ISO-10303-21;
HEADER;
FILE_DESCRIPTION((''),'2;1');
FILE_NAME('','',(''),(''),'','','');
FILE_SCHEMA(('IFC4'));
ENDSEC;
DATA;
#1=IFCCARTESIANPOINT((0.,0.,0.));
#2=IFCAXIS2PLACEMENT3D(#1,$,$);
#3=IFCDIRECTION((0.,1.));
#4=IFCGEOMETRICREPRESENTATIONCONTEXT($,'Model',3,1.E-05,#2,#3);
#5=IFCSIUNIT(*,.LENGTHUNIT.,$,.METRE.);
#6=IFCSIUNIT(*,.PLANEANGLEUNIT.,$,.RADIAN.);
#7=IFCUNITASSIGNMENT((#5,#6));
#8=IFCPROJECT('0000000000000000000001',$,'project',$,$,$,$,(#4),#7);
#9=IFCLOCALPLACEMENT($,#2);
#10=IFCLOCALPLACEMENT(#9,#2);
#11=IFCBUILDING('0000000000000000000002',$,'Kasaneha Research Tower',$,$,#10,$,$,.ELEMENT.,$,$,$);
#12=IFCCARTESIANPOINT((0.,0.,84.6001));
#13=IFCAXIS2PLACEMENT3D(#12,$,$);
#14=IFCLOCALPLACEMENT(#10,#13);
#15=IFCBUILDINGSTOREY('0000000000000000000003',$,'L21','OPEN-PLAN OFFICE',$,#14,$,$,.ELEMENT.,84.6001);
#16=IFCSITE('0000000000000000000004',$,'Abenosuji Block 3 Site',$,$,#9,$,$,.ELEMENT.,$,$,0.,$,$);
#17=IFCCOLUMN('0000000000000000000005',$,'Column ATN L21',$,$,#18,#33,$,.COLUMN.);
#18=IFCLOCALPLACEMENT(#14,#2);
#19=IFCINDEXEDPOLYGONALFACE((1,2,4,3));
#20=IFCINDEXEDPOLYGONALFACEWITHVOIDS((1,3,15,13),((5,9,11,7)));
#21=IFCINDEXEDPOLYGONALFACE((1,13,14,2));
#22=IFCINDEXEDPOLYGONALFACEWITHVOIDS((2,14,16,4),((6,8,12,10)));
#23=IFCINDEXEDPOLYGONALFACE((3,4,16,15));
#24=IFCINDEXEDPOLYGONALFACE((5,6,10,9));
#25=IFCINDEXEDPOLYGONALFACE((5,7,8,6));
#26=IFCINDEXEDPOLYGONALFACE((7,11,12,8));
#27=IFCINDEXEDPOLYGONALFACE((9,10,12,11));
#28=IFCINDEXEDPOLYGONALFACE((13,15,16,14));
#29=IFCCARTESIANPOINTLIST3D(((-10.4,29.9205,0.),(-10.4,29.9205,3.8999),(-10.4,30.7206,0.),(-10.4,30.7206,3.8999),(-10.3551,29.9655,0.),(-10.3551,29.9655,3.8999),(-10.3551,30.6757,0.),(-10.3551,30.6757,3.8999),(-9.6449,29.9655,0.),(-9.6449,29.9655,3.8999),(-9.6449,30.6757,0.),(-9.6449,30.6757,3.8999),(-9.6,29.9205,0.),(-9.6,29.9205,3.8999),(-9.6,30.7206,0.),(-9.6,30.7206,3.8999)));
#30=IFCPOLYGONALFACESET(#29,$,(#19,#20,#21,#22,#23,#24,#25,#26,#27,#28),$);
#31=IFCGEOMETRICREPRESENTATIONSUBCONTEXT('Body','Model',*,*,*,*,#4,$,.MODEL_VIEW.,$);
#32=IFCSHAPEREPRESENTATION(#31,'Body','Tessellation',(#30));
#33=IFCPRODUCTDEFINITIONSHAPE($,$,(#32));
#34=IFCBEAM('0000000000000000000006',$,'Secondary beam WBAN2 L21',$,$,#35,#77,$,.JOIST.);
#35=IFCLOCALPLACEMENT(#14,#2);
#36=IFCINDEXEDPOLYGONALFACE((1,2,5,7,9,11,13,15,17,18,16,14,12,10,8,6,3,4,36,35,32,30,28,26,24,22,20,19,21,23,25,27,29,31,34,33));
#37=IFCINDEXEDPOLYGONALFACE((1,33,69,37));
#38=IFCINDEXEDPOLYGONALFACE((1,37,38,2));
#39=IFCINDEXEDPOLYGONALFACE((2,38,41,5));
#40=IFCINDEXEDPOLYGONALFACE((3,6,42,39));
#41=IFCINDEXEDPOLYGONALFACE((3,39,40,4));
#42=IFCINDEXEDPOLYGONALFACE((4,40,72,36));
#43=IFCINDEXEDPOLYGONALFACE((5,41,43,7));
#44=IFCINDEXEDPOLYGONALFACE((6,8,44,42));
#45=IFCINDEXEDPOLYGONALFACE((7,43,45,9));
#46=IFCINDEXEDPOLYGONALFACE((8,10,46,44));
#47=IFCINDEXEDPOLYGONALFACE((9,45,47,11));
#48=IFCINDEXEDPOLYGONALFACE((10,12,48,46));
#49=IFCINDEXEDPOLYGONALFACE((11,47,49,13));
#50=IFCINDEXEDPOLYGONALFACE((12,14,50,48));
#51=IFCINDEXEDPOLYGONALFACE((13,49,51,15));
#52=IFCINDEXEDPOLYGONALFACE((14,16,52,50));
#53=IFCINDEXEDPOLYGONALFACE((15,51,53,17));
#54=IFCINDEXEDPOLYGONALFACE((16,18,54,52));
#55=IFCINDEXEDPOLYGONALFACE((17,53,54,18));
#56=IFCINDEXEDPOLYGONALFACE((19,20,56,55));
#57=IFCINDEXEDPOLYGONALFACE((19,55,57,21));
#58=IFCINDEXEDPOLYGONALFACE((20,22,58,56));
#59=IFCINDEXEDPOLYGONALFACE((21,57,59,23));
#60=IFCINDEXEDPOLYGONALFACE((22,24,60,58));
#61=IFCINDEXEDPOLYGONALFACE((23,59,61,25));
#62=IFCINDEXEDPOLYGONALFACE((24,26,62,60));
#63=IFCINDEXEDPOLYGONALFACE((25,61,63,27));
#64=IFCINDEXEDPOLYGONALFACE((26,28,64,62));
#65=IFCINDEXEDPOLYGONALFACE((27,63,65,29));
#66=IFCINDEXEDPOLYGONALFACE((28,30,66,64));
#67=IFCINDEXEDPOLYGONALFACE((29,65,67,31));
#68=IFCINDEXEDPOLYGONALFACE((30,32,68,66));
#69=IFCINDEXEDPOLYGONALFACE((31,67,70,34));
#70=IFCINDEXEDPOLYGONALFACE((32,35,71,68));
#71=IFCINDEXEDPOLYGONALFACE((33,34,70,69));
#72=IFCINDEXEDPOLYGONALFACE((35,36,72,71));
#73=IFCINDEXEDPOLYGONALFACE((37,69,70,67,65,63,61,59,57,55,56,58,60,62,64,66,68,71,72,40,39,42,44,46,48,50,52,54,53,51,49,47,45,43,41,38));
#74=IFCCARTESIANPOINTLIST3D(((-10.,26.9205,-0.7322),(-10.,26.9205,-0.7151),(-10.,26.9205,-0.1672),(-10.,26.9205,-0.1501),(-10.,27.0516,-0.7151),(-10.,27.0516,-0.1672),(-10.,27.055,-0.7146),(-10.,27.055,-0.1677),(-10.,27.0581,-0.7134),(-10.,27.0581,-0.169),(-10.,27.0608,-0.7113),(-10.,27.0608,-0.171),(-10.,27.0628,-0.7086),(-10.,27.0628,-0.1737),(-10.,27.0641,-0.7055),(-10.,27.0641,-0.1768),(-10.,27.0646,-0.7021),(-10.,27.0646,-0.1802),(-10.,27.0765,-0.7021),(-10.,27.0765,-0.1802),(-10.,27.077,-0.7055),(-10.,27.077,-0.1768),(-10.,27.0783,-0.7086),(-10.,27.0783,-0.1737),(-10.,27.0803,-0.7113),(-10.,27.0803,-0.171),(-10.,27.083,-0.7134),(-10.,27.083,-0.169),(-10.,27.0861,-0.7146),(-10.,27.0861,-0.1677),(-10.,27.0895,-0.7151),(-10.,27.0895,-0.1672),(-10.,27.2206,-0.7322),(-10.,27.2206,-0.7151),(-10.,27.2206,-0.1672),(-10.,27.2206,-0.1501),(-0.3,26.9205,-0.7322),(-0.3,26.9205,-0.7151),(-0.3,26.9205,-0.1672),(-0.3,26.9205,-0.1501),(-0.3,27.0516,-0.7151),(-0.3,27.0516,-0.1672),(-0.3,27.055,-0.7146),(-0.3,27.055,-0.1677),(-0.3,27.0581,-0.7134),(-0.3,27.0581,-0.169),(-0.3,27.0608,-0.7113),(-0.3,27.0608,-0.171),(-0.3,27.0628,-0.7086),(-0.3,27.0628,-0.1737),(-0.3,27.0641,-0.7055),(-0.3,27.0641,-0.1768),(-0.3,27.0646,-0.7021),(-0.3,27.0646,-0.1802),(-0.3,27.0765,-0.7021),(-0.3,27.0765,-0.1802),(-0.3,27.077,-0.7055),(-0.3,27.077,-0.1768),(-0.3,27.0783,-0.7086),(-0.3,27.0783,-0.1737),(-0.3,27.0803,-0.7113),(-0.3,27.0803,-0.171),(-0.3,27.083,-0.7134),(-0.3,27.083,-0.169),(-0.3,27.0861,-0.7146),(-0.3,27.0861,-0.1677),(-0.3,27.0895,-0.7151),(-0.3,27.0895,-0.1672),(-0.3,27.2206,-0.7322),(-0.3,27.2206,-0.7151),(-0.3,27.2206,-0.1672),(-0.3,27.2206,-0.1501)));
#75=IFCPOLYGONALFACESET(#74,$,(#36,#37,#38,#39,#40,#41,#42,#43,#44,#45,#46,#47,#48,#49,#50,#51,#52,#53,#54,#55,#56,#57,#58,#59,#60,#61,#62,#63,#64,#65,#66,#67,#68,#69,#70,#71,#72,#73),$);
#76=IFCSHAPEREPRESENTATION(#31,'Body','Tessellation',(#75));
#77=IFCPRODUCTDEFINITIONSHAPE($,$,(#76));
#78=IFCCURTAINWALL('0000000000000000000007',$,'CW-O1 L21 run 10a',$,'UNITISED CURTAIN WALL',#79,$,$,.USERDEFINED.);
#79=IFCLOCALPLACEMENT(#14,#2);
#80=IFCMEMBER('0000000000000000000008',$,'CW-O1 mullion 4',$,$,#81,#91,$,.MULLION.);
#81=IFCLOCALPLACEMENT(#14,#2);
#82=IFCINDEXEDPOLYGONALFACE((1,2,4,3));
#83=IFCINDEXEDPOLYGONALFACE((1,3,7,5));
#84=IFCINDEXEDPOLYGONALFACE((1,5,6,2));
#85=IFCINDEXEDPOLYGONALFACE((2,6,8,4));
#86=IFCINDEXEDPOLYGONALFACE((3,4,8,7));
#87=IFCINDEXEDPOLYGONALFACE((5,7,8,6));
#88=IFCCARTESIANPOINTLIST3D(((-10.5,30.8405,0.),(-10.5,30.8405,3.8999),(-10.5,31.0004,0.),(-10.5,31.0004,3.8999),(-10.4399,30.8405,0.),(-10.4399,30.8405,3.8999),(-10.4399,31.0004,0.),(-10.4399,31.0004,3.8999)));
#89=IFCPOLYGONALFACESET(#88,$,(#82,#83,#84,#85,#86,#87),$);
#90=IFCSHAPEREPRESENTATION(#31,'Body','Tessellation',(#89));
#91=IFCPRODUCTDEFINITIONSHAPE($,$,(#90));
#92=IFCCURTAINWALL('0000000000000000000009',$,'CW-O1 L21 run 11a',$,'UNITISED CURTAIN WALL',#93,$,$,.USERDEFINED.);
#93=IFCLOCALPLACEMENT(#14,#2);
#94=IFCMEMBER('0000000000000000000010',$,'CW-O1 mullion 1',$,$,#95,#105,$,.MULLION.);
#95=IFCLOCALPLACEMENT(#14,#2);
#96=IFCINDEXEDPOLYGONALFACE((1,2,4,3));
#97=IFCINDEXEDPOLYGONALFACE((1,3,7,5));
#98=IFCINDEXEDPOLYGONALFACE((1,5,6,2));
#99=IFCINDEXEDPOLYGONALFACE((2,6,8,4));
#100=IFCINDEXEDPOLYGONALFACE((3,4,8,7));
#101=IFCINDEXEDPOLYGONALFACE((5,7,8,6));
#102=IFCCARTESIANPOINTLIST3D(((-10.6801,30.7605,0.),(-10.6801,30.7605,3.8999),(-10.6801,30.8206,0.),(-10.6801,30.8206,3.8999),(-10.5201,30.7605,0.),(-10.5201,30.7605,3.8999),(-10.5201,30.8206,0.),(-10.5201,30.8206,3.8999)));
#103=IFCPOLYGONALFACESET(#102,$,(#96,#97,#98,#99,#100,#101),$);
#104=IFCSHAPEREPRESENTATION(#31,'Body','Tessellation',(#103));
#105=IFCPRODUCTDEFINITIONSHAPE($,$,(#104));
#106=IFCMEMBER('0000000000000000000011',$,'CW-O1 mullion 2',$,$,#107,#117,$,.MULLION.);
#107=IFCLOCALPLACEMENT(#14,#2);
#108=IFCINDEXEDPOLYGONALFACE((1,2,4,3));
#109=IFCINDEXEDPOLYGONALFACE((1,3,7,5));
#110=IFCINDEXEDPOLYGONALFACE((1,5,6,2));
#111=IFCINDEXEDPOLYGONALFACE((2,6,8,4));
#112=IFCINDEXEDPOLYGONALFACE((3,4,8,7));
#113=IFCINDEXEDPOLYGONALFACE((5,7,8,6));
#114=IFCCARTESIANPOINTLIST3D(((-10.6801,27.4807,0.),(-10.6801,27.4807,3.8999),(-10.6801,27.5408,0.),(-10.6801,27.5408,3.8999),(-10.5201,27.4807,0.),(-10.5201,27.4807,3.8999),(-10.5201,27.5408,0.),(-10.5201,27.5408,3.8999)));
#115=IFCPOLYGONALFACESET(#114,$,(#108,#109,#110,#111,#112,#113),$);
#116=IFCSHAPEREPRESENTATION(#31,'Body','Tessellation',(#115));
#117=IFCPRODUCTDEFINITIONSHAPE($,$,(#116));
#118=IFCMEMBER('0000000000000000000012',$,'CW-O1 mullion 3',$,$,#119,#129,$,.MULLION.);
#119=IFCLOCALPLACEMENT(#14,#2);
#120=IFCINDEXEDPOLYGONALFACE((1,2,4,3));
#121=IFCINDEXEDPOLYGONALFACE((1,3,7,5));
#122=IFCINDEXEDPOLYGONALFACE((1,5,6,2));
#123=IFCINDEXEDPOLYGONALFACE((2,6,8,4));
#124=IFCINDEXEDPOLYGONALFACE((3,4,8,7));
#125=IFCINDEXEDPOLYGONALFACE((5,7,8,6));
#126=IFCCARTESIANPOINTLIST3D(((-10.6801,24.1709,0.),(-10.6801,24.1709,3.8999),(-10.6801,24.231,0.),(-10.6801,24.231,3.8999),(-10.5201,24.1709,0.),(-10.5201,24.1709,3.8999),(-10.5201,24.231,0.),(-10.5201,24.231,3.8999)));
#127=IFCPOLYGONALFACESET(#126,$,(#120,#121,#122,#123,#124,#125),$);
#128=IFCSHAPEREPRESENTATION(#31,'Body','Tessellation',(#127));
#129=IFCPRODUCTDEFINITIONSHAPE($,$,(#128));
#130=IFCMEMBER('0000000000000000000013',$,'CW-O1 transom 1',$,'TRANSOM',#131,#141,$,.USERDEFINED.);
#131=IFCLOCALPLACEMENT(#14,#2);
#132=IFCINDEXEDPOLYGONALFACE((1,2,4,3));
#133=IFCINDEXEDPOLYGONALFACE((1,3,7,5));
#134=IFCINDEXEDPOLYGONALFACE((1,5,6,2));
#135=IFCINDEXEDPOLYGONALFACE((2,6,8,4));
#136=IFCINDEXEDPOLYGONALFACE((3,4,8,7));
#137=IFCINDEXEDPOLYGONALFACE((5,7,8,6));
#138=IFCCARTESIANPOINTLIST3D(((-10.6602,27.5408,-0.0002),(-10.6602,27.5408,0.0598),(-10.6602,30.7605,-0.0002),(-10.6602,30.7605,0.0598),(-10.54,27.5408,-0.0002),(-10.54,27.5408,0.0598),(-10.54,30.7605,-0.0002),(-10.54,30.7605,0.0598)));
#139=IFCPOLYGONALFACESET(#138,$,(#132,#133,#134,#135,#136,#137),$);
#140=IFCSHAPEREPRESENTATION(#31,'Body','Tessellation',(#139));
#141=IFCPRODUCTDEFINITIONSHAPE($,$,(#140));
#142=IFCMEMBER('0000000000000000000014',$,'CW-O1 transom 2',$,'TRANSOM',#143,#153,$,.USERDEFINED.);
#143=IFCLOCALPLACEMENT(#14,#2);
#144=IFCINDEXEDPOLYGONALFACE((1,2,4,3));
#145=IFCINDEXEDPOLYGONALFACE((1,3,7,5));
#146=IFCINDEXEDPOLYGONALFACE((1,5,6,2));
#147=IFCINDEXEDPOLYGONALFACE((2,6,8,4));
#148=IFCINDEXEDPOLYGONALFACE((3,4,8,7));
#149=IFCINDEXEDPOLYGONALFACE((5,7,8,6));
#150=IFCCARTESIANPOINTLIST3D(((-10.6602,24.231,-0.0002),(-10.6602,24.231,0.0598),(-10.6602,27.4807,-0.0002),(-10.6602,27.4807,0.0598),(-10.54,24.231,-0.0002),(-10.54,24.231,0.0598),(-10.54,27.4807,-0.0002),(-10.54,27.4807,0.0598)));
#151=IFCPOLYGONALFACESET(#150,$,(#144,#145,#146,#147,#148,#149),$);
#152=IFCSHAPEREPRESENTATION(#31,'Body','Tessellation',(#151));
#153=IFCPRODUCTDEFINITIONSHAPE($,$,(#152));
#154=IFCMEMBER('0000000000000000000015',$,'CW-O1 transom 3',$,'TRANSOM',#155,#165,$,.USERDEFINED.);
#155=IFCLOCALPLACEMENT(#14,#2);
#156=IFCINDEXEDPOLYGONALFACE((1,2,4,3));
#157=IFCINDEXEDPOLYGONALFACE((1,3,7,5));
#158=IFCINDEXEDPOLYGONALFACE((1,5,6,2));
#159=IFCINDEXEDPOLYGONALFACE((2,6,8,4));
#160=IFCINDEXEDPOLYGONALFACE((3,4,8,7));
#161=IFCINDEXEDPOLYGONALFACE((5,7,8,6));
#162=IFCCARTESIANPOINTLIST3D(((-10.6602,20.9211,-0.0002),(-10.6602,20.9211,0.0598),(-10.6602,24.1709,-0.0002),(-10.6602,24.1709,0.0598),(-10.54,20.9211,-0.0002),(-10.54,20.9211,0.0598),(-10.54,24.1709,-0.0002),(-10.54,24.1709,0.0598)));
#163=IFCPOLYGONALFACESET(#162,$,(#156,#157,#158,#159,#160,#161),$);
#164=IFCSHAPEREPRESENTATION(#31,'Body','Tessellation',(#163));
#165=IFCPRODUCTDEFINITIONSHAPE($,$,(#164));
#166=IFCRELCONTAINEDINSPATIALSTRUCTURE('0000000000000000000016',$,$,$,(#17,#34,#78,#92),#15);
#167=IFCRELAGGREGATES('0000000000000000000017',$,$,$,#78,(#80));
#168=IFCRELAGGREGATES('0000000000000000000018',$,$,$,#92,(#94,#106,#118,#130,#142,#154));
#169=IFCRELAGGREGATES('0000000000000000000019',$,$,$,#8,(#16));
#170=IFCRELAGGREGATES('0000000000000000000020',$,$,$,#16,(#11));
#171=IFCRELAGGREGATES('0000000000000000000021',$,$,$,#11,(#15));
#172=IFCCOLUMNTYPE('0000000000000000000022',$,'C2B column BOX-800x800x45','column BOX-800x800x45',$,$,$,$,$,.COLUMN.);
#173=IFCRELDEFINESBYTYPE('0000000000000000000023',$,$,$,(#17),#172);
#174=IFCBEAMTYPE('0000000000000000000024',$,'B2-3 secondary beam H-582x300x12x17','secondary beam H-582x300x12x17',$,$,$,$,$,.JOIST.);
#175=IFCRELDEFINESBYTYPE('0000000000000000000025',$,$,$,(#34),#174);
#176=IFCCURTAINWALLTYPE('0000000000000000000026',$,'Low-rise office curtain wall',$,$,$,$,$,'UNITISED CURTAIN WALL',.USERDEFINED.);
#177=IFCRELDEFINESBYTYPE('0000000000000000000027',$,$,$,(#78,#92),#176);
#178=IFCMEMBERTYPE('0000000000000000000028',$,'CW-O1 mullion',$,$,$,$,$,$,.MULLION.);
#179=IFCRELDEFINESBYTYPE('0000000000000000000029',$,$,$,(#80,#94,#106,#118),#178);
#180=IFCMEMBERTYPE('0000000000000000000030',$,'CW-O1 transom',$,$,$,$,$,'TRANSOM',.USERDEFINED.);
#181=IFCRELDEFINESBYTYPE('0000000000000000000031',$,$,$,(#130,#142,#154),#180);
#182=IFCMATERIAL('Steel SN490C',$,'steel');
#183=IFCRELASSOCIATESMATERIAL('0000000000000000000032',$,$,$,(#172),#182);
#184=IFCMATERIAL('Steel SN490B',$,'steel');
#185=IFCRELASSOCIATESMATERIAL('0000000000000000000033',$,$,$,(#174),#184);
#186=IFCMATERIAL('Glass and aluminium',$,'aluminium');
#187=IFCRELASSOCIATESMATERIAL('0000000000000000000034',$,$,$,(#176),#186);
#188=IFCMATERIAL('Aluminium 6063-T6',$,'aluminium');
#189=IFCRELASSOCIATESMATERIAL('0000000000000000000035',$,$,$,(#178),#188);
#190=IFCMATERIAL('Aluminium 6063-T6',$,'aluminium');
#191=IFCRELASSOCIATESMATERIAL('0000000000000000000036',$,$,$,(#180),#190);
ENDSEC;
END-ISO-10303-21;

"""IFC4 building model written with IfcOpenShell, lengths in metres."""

from ifc_helpers import new_model, si_unit, direction, frame, origin, origin_2d, place, context, subcontext, project, spatial, rectangle, hollow_rectangle, i_section, extrude, material, material_profile, profile_set, type_object, element, aggregate, save


model = new_model("IFC4")

# Units and contexts
model_context = context("Model", 3, precision=1e-05, world=origin(), true_north=direction((0.0, 1.0)))
body_context = subcontext(model_context, "Body", "Model", "MODEL_VIEW")
ifc_project = project(units=[si_unit("LENGTHUNIT", "METRE"), si_unit("PLANEANGLEUNIT", "RADIAN")], contexts=[model_context])

# Site, building, storey
site_placement = place(None, origin())
site = spatial("IfcSite", under=ifc_project, at=site_placement, Name="Abenosuji Block 3 Site", CompositionType="ELEMENT", RefElevation=0.0)
building_placement = place(site_placement, origin())
building = spatial("IfcBuilding", under=site, at=building_placement, Name="Kasaneha Research Tower", CompositionType="ELEMENT")
storey_placement = place(building_placement, frame((0.0, 0.0, 84.6001)))
storey = spatial("IfcBuildingStorey", under=building, at=storey_placement, Name="L21", Description="OPEN-PLAN OFFICE", CompositionType="ELEMENT", Elevation=84.6001)

# Column
ifc_material_1 = material(Name="Steel SN490C", Category="steel")
ifc_material_profile_1 = material_profile(ifc_material_1, hollow_rectangle(XDim=0.8, YDim=0.8, WallThickness=0.0449, at=origin_2d()), Name="BOX-800x800x45")
ifc_profile_set_1 = profile_set([ifc_material_profile_1], Name="Steel SN490C")
column_type = type_object("IfcColumnType", Name="C2B column BOX-800x800x45", Description="column BOX-800x800x45", PredefinedType="COLUMN", material=ifc_profile_set_1)
column_placement = place(storey_placement, frame((-10.0, 30.3206, 0.0), z_axis=(0.0, 0.0, 1.0), x_axis=(1.0, 0.0, 0.0)))
element("IfcColumn", 1, at=column_placement, inside=storey, type_object=column_type, Name="Column ATN L21", PredefinedType="COLUMN", context=body_context, shape_type="SweptSolid", body=[
    extrude(hollow_rectangle(XDim=0.8, YDim=0.8, WallThickness=0.0449, at=origin_2d()), origin(), (0.0, 0.0, 1.0), 3.8999),
])

# Beam
ifc_material_2 = material(Name="Steel SN490B", Category="steel")
ifc_material_profile_2 = material_profile(ifc_material_2, i_section(OverallWidth=0.3, OverallDepth=0.582, WebThickness=0.012, FlangeThickness=0.0171, FilletRadius=0.0129, at=origin_2d()), Name="H-582x300x12x17")
ifc_profile_set_2 = profile_set([ifc_material_profile_2], Name="Steel SN490B")
beam_type_1 = type_object("IfcBeamType", Name="B2-3 secondary beam H-582x300x12x17", Description="secondary beam H-582x300x12x17", PredefinedType="JOIST", material=ifc_profile_set_2)
beam_1_placement = place(storey_placement, frame((-10.0, 27.0706, -0.4412), z_axis=(1.0, 0.0, 0.0), x_axis=(0.0, 1.0, 0.0)))
element("IfcBeam", 2, at=beam_1_placement, inside=storey, type_object=beam_type_1, Name="Secondary beam WBAN2 L21", PredefinedType="JOIST", context=body_context, shape_type="SweptSolid", body=[
    extrude(i_section(OverallWidth=0.3, OverallDepth=0.582, WebThickness=0.012, FlangeThickness=0.0171, FilletRadius=0.0129, at=origin_2d()), origin(), (0.0, 0.0, 1.0), 9.7),
])

# Curtain wall, member
ifc_material_3 = material(Name="Glass and aluminium", Category="aluminium")
curtain_wall_type = type_object("IfcCurtainWallType", Name="Low-rise office curtain wall", ElementType="UNITISED CURTAIN WALL", PredefinedType="USERDEFINED", material=ifc_material_3)
curtain_wall_1_placement = place(storey_placement, origin())
curtain_wall_1 = element("IfcCurtainWall", 3, at=curtain_wall_1_placement, inside=storey, type_object=curtain_wall_type, Name="CW-O1 L21 run 10a", ObjectType="UNITISED CURTAIN WALL", PredefinedType="USERDEFINED")
ifc_material_4 = material(Name="Aluminium 6063-T6", Category="aluminium")
ifc_material_profile_3 = material_profile(ifc_material_4, rectangle(XDim=0.0601, YDim=0.1599, at=origin_2d()), Name="CW-O1 mullion 60x160")
ifc_profile_set_3 = profile_set([ifc_material_profile_3], Name="Aluminium 6063-T6")
member_type_1 = type_object("IfcMemberType", Name="CW-O1 mullion", PredefinedType="MULLION", material=ifc_profile_set_3)
member_1_placement = place(storey_placement, frame((-10.47, 30.9204, 0.0), z_axis=(0.0, 0.0, 1.0), x_axis=(-1.0, 0.0, 0.0)))
member_1 = element("IfcMember", 4, at=member_1_placement, type_object=member_type_1, Name="CW-O1 mullion 4", PredefinedType="MULLION", context=body_context, shape_type="SweptSolid", body=[
    extrude(rectangle(XDim=0.0601, YDim=0.1599, at=origin_2d()), origin(), (0.0, 0.0, 1.0), 3.8999),
])
aggregate(curtain_wall_1, [member_1])

# Curtain wall, members
curtain_wall_2_placement = place(storey_placement, origin())
curtain_wall_2 = element("IfcCurtainWall", 5, at=curtain_wall_2_placement, inside=storey, type_object=curtain_wall_type, Name="CW-O1 L21 run 11a", ObjectType="UNITISED CURTAIN WALL", PredefinedType="USERDEFINED")
member_2_placement = place(storey_placement, frame((-10.6001, 30.7905, 0.0), z_axis=(0.0, 0.0, 1.0), x_axis=(0.0, -1.0, 0.0)))
member_2 = element("IfcMember", 6, at=member_2_placement, type_object=member_type_1, Name="CW-O1 mullion 1", PredefinedType="MULLION", context=body_context, shape_type="SweptSolid", body=[
    extrude(rectangle(XDim=0.0601, YDim=0.1599, at=origin_2d()), origin(), (0.0, 0.0, 1.0), 3.8999),
])
member_3_placement = place(storey_placement, frame((-10.6001, 27.5107, 0.0), z_axis=(0.0, 0.0, 1.0), x_axis=(0.0, -1.0, 0.0)))
member_3 = element("IfcMember", 7, at=member_3_placement, type_object=member_type_1, Name="CW-O1 mullion 2", PredefinedType="MULLION", context=body_context, shape_type="SweptSolid", body=[
    extrude(rectangle(XDim=0.0601, YDim=0.1599, at=origin_2d()), origin(), (0.0, 0.0, 1.0), 3.8999),
])
member_4_placement = place(storey_placement, frame((-10.6001, 24.2009, 0.0), z_axis=(0.0, 0.0, 1.0), x_axis=(0.0, -1.0, 0.0)))
member_4 = element("IfcMember", 8, at=member_4_placement, type_object=member_type_1, Name="CW-O1 mullion 3", PredefinedType="MULLION", context=body_context, shape_type="SweptSolid", body=[
    extrude(rectangle(XDim=0.0601, YDim=0.1599, at=origin_2d()), origin(), (0.0, 0.0, 1.0), 3.8999),
])
ifc_material_5 = material(Name="Aluminium 6063-T6", Category="aluminium")
ifc_material_profile_4 = material_profile(ifc_material_5, rectangle(XDim=0.1201, YDim=0.0601, at=origin_2d()), Name="CW-O1 transom 120x60")
ifc_profile_set_4 = profile_set([ifc_material_profile_4], Name="Aluminium 6063-T6")
member_type_2 = type_object("IfcMemberType", Name="CW-O1 transom", ElementType="TRANSOM", PredefinedType="USERDEFINED", material=ifc_profile_set_4)
member_5_placement = place(storey_placement, frame((-10.6001, 30.7605, 0.0298), z_axis=(0.0, -1.0, 0.0), x_axis=(1.0, 0.0, 0.0)))
member_5 = element("IfcMember", 9, at=member_5_placement, type_object=member_type_2, Name="CW-O1 transom 1", ObjectType="TRANSOM", PredefinedType="USERDEFINED", context=body_context, shape_type="SweptSolid", body=[
    extrude(rectangle(XDim=0.1201, YDim=0.0601, at=origin_2d()), origin(), (0.0, 0.0, 1.0), 3.2197),
])
member_6_placement = place(storey_placement, frame((-10.6001, 27.4807, 0.0298), z_axis=(0.0, -1.0, 0.0), x_axis=(1.0, 0.0, 0.0)))
member_6 = element("IfcMember", 10, at=member_6_placement, type_object=member_type_2, Name="CW-O1 transom 2", ObjectType="TRANSOM", PredefinedType="USERDEFINED", context=body_context, shape_type="SweptSolid", body=[
    extrude(rectangle(XDim=0.1201, YDim=0.0601, at=origin_2d()), origin(), (0.0, 0.0, 1.0), 3.2498),
])
member_7_placement = place(storey_placement, frame((-10.6001, 24.1709, 0.0298), z_axis=(0.0, -1.0, 0.0), x_axis=(1.0, 0.0, 0.0)))
member_7 = element("IfcMember", 11, at=member_7_placement, type_object=member_type_2, Name="CW-O1 transom 3", ObjectType="TRANSOM", PredefinedType="USERDEFINED", context=body_context, shape_type="SweptSolid", body=[
    extrude(rectangle(XDim=0.1201, YDim=0.0601, at=origin_2d()), origin(), (0.0, 0.0, 1.0), 3.2498),
])

aggregate(curtain_wall_2, [member_2, member_3, member_4, member_5, member_6, member_7])

save(model, "model.ifc")
